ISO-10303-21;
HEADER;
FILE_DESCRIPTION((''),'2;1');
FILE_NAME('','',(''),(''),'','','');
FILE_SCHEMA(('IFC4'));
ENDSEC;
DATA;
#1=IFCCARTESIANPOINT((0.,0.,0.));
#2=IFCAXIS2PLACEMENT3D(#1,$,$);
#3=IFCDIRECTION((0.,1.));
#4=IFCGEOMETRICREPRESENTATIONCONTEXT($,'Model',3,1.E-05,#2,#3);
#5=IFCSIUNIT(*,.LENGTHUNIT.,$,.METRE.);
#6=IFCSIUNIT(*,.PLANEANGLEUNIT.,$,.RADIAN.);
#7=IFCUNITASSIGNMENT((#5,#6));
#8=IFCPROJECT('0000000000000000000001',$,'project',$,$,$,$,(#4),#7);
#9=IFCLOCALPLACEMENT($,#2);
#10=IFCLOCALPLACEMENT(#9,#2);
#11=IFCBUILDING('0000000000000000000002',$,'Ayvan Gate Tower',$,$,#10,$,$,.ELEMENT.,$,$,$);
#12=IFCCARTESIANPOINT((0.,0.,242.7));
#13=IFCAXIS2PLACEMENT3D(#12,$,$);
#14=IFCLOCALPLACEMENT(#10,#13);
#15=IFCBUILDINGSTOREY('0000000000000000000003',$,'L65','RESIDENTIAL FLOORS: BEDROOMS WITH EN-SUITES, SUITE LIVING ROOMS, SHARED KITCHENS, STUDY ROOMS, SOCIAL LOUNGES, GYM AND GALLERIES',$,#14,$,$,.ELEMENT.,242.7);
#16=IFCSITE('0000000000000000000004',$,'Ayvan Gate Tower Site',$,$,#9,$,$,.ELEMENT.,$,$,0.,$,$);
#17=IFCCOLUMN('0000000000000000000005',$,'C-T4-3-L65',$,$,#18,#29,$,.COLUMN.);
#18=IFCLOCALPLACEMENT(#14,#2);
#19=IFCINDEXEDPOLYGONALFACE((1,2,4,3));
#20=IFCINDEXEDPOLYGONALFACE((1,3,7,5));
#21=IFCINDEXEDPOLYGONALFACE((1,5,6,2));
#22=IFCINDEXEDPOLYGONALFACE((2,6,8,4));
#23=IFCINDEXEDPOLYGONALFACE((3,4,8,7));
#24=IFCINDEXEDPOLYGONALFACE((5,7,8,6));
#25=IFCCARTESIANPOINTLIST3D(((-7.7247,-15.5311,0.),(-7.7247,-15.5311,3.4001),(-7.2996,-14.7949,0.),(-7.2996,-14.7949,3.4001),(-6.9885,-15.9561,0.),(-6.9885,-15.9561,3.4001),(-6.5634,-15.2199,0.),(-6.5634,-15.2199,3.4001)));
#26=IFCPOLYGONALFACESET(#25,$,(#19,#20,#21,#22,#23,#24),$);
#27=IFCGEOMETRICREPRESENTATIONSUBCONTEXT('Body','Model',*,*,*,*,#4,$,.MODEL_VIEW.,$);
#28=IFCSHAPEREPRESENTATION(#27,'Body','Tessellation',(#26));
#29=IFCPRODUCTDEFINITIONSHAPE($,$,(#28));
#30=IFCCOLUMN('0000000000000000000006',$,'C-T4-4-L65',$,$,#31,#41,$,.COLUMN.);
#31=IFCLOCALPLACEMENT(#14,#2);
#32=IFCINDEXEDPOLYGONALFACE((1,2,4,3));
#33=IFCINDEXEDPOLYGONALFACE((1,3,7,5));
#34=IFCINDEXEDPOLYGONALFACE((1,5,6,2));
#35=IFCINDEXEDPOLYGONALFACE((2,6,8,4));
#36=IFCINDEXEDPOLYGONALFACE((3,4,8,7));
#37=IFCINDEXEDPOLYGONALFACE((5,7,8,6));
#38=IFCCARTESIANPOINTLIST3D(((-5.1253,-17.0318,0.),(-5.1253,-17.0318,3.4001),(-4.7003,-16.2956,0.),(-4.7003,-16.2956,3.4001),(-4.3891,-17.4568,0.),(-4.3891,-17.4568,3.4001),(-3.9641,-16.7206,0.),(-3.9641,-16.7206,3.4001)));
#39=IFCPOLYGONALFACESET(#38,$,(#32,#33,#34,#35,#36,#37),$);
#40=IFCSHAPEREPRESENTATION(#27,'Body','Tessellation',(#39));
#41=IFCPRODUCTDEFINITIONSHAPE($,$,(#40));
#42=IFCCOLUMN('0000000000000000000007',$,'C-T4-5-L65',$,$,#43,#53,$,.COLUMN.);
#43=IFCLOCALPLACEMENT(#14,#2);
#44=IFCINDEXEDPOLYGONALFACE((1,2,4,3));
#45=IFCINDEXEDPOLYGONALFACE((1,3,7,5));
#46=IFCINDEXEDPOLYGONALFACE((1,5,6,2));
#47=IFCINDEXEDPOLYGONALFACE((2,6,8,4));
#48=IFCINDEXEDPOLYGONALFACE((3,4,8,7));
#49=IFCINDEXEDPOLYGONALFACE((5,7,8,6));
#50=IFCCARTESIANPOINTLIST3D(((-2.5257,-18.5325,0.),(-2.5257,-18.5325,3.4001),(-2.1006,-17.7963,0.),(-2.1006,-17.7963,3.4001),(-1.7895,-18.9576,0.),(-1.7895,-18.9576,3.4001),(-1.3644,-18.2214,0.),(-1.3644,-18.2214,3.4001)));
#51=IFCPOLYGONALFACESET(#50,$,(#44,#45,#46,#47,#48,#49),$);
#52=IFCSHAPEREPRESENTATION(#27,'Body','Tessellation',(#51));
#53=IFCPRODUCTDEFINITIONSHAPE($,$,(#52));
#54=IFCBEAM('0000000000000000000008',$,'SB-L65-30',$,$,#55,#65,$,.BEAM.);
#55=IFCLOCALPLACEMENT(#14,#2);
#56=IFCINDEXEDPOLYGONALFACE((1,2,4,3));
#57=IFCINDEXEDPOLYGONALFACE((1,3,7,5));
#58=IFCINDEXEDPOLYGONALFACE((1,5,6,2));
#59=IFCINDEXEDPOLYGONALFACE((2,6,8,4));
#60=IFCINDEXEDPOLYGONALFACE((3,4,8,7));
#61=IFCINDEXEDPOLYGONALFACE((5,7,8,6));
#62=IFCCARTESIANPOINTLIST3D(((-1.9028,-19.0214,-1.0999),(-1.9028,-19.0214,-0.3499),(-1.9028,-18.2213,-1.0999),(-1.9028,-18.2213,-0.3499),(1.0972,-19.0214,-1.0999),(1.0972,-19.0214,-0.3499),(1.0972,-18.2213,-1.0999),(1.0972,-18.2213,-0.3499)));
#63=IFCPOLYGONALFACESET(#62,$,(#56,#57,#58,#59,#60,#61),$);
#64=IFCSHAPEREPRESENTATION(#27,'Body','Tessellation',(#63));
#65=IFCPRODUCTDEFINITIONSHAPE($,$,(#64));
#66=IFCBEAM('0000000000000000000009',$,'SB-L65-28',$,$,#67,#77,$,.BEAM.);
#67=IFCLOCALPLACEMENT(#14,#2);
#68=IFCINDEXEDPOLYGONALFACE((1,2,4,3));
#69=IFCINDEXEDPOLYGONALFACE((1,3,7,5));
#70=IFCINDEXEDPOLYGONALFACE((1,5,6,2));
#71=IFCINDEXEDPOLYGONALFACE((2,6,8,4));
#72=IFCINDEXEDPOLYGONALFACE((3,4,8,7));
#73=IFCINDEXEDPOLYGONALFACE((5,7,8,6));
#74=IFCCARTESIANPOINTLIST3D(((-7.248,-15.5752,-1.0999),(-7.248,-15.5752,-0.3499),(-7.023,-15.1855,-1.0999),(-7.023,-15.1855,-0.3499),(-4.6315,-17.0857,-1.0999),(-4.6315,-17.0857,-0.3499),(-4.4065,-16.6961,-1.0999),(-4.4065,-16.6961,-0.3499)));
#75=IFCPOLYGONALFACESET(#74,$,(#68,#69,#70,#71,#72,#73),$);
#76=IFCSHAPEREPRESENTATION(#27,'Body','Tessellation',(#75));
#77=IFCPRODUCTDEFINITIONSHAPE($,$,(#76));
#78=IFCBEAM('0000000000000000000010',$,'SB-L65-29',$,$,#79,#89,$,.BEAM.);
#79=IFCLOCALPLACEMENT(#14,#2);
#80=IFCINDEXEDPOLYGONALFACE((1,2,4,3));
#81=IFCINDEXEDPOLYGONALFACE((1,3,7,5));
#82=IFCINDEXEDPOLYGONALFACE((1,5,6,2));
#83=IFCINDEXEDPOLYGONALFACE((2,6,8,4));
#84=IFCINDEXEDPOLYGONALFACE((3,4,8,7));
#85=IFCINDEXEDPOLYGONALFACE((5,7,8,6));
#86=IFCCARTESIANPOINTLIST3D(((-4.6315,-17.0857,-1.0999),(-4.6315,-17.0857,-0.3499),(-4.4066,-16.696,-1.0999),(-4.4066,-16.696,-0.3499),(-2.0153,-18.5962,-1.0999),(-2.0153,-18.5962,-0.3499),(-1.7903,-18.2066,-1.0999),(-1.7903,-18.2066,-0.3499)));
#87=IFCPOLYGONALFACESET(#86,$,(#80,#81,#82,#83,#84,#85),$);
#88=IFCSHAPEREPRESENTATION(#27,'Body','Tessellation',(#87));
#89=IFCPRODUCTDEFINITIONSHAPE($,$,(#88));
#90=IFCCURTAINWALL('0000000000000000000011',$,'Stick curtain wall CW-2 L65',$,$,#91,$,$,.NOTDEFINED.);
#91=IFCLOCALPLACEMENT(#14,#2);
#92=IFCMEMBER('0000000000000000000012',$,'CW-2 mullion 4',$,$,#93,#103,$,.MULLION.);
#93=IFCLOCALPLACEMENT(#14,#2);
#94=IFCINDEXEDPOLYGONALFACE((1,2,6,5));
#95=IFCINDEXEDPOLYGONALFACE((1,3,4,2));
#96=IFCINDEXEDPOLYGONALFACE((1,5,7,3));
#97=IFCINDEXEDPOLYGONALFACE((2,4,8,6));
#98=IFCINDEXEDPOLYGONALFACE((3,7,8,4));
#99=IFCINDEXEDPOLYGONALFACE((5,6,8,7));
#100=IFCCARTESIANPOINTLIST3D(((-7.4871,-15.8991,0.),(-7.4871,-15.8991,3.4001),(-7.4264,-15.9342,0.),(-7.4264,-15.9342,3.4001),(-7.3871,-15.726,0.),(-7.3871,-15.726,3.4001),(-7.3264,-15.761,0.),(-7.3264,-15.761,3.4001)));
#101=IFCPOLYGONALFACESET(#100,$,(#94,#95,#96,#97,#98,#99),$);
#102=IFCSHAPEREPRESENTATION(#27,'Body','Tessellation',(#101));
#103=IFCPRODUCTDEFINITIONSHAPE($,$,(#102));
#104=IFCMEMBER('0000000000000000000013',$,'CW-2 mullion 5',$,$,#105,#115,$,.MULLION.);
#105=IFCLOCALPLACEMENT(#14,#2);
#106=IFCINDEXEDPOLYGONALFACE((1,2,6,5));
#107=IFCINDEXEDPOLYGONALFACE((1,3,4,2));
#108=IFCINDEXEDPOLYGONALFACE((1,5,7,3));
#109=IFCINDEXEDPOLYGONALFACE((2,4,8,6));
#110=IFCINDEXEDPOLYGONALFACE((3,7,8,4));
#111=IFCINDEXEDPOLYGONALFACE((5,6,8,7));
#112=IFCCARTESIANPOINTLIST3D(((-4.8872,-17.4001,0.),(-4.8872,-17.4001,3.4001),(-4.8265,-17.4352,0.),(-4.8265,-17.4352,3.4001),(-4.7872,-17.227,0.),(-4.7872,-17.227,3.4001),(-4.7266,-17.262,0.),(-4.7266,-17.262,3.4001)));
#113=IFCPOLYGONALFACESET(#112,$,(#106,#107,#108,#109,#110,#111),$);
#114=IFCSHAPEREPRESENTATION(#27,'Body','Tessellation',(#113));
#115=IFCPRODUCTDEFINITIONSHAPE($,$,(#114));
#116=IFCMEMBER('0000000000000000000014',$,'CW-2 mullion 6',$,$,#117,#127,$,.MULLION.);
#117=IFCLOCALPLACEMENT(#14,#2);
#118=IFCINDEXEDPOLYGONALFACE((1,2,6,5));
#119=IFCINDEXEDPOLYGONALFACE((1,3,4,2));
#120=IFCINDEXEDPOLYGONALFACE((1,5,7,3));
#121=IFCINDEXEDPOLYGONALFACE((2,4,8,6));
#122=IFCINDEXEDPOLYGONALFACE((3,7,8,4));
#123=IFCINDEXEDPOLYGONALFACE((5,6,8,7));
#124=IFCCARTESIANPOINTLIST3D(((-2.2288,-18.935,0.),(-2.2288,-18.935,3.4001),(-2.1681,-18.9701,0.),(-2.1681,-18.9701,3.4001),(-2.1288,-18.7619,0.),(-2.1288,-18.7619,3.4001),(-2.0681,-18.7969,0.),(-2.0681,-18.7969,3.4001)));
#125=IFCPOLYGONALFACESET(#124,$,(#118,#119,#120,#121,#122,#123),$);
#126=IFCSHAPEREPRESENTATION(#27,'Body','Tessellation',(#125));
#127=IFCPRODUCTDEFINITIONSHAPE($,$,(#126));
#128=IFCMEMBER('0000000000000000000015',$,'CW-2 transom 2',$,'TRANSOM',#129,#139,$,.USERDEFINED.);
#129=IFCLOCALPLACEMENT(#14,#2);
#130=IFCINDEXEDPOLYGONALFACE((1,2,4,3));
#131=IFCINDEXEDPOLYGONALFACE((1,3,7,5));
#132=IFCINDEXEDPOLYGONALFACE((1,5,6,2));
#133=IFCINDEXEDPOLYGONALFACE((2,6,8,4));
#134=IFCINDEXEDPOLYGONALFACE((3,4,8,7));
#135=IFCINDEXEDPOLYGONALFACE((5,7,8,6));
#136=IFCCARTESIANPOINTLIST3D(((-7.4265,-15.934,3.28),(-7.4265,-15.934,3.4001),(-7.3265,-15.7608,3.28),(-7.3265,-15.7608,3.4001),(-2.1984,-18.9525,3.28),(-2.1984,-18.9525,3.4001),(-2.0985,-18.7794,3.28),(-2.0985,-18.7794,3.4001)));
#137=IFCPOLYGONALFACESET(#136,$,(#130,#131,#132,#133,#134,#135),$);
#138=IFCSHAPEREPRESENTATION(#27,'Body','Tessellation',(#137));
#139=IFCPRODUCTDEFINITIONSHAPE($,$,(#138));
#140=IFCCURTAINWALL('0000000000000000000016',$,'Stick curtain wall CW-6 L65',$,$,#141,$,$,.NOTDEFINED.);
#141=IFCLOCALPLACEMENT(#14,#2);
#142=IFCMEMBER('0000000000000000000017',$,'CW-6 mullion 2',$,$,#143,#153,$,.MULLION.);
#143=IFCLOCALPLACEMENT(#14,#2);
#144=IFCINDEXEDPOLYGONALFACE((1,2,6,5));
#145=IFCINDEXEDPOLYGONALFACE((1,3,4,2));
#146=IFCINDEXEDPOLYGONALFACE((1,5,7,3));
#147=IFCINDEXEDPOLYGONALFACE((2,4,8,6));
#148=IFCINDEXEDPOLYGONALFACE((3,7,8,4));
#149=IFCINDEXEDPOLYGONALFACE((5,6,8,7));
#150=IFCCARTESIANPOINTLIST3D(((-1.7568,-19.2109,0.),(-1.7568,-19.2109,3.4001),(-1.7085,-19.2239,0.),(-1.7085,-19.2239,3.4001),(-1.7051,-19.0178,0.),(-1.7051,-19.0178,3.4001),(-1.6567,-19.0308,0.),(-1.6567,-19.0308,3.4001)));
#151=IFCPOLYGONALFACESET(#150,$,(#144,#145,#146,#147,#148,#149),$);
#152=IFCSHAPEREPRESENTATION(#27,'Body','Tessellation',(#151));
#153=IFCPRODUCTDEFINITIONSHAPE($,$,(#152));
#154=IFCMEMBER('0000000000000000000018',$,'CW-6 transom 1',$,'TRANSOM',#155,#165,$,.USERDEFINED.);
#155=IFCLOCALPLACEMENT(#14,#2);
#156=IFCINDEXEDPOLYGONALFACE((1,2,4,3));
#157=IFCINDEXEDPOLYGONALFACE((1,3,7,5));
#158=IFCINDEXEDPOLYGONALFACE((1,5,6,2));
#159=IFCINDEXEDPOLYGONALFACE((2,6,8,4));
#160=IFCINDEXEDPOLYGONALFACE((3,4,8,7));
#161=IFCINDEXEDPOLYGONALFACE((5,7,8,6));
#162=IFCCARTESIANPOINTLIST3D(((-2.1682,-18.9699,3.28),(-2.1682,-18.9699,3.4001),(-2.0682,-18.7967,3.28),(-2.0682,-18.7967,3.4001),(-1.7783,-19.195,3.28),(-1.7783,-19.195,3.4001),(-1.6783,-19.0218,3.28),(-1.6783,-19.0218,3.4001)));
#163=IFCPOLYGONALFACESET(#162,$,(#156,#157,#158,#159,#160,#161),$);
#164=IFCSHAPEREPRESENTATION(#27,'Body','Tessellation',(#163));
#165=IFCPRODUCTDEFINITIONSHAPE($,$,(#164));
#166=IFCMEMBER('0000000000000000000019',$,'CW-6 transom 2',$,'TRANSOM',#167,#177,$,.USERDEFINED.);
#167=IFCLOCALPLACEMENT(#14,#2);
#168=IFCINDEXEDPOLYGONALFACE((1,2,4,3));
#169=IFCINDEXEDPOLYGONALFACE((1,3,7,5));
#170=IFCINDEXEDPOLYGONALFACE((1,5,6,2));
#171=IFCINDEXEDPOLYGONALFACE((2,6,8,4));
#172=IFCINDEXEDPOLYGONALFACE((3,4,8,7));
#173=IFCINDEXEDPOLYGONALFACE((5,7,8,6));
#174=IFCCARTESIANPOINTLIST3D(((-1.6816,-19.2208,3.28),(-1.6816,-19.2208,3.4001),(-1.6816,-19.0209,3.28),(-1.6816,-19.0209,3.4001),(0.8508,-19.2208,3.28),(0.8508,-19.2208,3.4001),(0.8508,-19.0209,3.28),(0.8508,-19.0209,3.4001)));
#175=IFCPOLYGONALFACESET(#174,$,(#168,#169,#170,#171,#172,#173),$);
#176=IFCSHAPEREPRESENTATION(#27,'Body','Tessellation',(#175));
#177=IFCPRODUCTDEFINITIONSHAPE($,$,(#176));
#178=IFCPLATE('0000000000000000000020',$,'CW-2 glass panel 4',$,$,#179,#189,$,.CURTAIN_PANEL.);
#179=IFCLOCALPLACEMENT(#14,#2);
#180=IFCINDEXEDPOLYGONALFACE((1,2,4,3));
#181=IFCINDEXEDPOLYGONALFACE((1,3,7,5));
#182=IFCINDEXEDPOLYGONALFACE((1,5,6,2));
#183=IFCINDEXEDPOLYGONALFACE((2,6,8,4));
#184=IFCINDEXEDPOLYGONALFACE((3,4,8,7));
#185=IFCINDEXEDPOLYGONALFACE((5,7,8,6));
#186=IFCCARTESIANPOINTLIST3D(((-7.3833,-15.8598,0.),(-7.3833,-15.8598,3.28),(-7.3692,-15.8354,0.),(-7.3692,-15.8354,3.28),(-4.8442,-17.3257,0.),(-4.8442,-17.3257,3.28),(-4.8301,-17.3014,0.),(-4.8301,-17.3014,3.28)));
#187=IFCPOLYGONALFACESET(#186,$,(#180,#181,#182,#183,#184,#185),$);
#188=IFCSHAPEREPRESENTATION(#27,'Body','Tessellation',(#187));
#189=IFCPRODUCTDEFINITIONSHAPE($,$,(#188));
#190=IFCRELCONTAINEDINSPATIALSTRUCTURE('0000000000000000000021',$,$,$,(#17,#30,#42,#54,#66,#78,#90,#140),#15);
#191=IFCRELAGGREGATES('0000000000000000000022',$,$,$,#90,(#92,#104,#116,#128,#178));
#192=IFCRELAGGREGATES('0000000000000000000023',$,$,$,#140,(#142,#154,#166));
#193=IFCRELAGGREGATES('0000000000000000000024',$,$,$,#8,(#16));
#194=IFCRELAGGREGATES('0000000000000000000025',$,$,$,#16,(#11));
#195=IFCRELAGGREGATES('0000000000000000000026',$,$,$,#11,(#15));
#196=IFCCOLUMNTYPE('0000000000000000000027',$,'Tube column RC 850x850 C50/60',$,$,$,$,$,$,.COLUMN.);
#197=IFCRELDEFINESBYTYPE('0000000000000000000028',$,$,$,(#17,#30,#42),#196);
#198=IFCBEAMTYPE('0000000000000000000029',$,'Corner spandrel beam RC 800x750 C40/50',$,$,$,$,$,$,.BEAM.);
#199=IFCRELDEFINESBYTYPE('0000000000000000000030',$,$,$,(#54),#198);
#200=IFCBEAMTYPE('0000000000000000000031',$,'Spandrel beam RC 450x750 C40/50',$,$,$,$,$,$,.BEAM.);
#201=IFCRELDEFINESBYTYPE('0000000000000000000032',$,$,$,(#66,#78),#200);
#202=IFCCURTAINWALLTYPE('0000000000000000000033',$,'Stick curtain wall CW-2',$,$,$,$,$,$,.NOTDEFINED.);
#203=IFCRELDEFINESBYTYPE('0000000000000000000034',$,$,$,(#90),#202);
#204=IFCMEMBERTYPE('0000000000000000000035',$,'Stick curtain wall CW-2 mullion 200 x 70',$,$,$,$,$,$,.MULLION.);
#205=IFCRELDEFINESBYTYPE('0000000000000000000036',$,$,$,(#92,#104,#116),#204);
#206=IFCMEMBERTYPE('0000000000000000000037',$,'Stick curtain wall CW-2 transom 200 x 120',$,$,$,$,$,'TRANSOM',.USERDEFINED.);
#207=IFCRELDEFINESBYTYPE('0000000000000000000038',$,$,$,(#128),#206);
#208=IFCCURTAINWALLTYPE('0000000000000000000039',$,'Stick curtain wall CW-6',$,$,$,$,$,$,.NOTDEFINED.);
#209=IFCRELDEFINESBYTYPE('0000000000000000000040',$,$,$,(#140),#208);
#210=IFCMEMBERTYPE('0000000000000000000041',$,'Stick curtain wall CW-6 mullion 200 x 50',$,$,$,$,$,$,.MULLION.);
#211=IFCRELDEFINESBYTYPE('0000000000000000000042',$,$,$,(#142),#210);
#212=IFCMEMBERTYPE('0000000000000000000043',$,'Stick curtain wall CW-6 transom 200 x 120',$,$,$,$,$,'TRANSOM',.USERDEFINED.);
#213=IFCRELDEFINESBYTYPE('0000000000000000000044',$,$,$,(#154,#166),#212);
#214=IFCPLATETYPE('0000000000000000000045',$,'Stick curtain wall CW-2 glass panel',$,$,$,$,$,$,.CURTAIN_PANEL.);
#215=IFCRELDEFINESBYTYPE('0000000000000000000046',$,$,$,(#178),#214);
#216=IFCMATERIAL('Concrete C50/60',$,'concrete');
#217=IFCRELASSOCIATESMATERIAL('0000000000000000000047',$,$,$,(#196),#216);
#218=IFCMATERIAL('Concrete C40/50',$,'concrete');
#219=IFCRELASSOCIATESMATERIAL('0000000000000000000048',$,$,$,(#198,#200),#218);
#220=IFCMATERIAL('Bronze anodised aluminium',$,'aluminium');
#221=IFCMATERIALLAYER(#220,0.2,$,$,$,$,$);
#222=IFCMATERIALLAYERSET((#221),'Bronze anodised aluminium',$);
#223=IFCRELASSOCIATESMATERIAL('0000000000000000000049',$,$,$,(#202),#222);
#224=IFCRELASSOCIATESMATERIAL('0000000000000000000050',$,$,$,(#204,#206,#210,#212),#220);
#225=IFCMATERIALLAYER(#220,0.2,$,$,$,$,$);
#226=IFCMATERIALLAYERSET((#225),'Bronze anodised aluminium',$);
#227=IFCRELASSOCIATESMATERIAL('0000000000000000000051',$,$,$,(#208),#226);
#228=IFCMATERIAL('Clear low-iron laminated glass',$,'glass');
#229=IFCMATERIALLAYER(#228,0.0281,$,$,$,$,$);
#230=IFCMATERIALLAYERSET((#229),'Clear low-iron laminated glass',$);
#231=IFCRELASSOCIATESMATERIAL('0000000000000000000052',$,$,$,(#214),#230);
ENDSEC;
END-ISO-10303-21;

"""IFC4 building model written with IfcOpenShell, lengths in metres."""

from ifc_helpers import new_model, si_unit, direction, frame, origin, origin_2d, place, context, subcontext, project, spatial, rectangle, extrude, material, layer, layer_set, material_profile, profile_set, type_object, element, aggregate, save


model = new_model("IFC4")

# Units and contexts
model_context = context("Model", 3, precision=1e-05, world=origin(), true_north=direction((0.0, 1.0)))
body_context = subcontext(model_context, "Body", "Model", "MODEL_VIEW")
ifc_project = project(units=[si_unit("LENGTHUNIT", "METRE"), si_unit("PLANEANGLEUNIT", "RADIAN")], contexts=[model_context])

# Site, building, storey
site_placement = place(None, origin())
site = spatial("IfcSite", under=ifc_project, at=site_placement, Name="Ayvan Gate Tower Site", CompositionType="ELEMENT", RefElevation=0.0)
building_placement = place(site_placement, origin())
building = spatial("IfcBuilding", under=site, at=building_placement, Name="Ayvan Gate Tower", CompositionType="ELEMENT")
storey_placement = place(building_placement, frame((0.0, 0.0, 242.7)))
storey = spatial("IfcBuildingStorey", under=building, at=storey_placement, Name="L65", Description="RESIDENTIAL FLOORS: BEDROOMS WITH EN-SUITES, SUITE LIVING ROOMS, SHARED KITCHENS, STUDY ROOMS, SOCIAL LOUNGES, GYM AND GALLERIES", CompositionType="ELEMENT", Elevation=242.7)

# Columns
ifc_material_1 = material(Name="Concrete C50/60", Category="concrete")
ifc_material_profile_1 = material_profile(ifc_material_1, rectangle(XDim=0.8501, YDim=0.8501, at=origin_2d()), Name="RC 850x850")
ifc_profile_set_1 = profile_set([ifc_material_profile_1], Name="Concrete C50/60")
column_type = type_object("IfcColumnType", Name="Tube column RC 850x850 C50/60", PredefinedType="COLUMN", material=ifc_profile_set_1)
for number, where, z_axis, x_axis, name in (
    (1, (-7.144, -15.3755, 0.0), (0.0, 0.0, 1.0), (-0.5, -0.866025, 0.0), "C-T4-3-L65"),
    (2, (-4.5447, -16.8762, 0.0), (0.0, 0.0, 1.0), (-0.5, -0.866025, 0.0), "C-T4-4-L65"),
    (3, (-1.9451, -18.377, 0.0), (0.0, 0.0, 1.0), (-0.5, -0.866025, 0.0), "C-T4-5-L65"),
):
    element("IfcColumn", number, at=place(storey_placement, frame(where, z_axis=z_axis, x_axis=x_axis)), inside=storey, type_object=column_type, Name=name, PredefinedType="COLUMN", context=body_context, shape_type="SweptSolid", body=[
        extrude(rectangle(XDim=0.8501, YDim=0.8501, at=origin_2d()), origin(), (0.0, 0.0, 1.0), 3.4001),
    ])

# Beams
ifc_material_2 = material(Name="Concrete C40/50", Category="concrete")
ifc_material_profile_2 = material_profile(ifc_material_2, rectangle(XDim=0.8, YDim=0.75, at=origin_2d()), Name="RC 800x750")
ifc_profile_set_2 = profile_set([ifc_material_profile_2], Name="Concrete C40/50")
beam_type_1 = type_object("IfcBeamType", Name="Corner spandrel beam RC 800x750 C40/50", PredefinedType="BEAM", material=ifc_profile_set_2)
beam_1_placement = place(storey_placement, frame((-1.9028, -18.6213, -0.7249), z_axis=(1.0, 0.0, 0.0), x_axis=(0.0, 1.0, 0.0)))
element("IfcBeam", 4, at=beam_1_placement, inside=storey, type_object=beam_type_1, Name="SB-L65-30", PredefinedType="BEAM", context=body_context, shape_type="SweptSolid", body=[
    extrude(rectangle(XDim=0.8, YDim=0.75, at=origin_2d()), origin(), (0.0, 0.0, 1.0), 3.0),
])
ifc_material_profile_3 = material_profile(ifc_material_2, rectangle(XDim=0.45, YDim=0.75, at=origin_2d()), Name="RC 450x750")
ifc_profile_set_3 = profile_set([ifc_material_profile_3], Name="Concrete C40/50")
beam_type_2 = type_object("IfcBeamType", Name="Spandrel beam RC 450x750 C40/50", PredefinedType="BEAM", material=ifc_profile_set_3)
beam_2_placement = place(storey_placement, frame((-7.1355, -15.3804, -0.7249), z_axis=(0.866042, -0.499972, 0.0), x_axis=(0.499972, 0.866042, 0.0)))
element("IfcBeam", 5, at=beam_2_placement, inside=storey, type_object=beam_type_2, Name="SB-L65-28", PredefinedType="BEAM", context=body_context, shape_type="SweptSolid", body=[
    extrude(rectangle(XDim=0.45, YDim=0.75, at=origin_2d()), origin(), (0.0, 0.0, 1.0), 3.0212),
])
beam_3_placement = place(storey_placement, frame((-4.519, -16.8909, -0.7249), z_axis=(0.866021, -0.500007, 0.0), x_axis=(0.500007, 0.866021, 0.0)))
element("IfcBeam", 6, at=beam_3_placement, inside=storey, type_object=beam_type_2, Name="SB-L65-29", PredefinedType="BEAM", context=body_context, shape_type="SweptSolid", body=[
    extrude(rectangle(XDim=0.45, YDim=0.75, at=origin_2d()), origin(), (0.0, 0.0, 1.0), 3.021),
])

# Curtain walls, members
ifc_material_3 = material(Name="Bronze anodised aluminium", Category="aluminium")
ifc_layer_1 = layer(ifc_material_3, 0.2)
ifc_layer_set_1 = layer_set([ifc_layer_1], Name="Bronze anodised aluminium")
curtain_wall_type_1 = type_object("IfcCurtainWallType", Name="Stick curtain wall CW-2", PredefinedType="NOTDEFINED", material=ifc_layer_set_1)
curtain_wall_1_placement = place(storey_placement, origin())
curtain_wall_1 = element("IfcCurtainWall", 7, at=curtain_wall_1_placement, inside=storey, type_object=curtain_wall_type_1, Name="Stick curtain wall CW-2 L65", PredefinedType="NOTDEFINED")
ifc_material_profile_4 = material_profile(ifc_material_3, rectangle(XDim=0.2, YDim=0.0701, at=origin_2d()), Name="Stick curtain wall CW-2 mullion 200 x 70")
ifc_profile_set_4 = profile_set([ifc_material_profile_4], Name="Bronze anodised aluminium")
member_type_1 = type_object("IfcMemberType", Name="Stick curtain wall CW-2 mullion 200 x 70", PredefinedType="MULLION", material=ifc_profile_set_4)
member_1_placement = place(storey_placement, frame((-7.4067, -15.8301, 0.0), z_axis=(0.0, 0.0, 1.0), x_axis=(-0.5, -0.866025, 0.0)))
member_1 = element("IfcMember", 8, at=member_1_placement, type_object=member_type_1, Name="CW-2 mullion 4", PredefinedType="MULLION", context=body_context, shape_type="SweptSolid", body=[
    extrude(rectangle(XDim=0.2, YDim=0.0701, at=origin_2d()), origin(), (0.0, 0.0, 1.0), 3.4001),
])
member_2_placement = place(storey_placement, frame((-4.8069, -17.3311, 0.0), z_axis=(0.0, 0.0, 1.0), x_axis=(-0.5, -0.866025, 0.0)))
member_2 = element("IfcMember", 9, at=member_2_placement, type_object=member_type_1, Name="CW-2 mullion 5", PredefinedType="MULLION", context=body_context, shape_type="SweptSolid", body=[
    extrude(rectangle(XDim=0.2, YDim=0.0701, at=origin_2d()), origin(), (0.0, 0.0, 1.0), 3.4001),
])
member_3_placement = place(storey_placement, frame((-2.1484, -18.866, 0.0), z_axis=(0.0, 0.0, 1.0), x_axis=(-0.5, -0.866025, 0.0)))
member_3 = element("IfcMember", 10, at=member_3_placement, type_object=member_type_1, Name="CW-2 mullion 6", PredefinedType="MULLION", context=body_context, shape_type="SweptSolid", body=[
    extrude(rectangle(XDim=0.2, YDim=0.0701, at=origin_2d()), origin(), (0.0, 0.0, 1.0), 3.4001),
])
ifc_material_profile_5 = material_profile(ifc_material_3, rectangle(XDim=0.2, YDim=0.1201, at=origin_2d()), Name="Stick curtain wall CW-2 transom 200 x 120")
ifc_profile_set_5 = profile_set([ifc_material_profile_5], Name="Bronze anodised aluminium")
member_type_2 = type_object("IfcMemberType", Name="Stick curtain wall CW-2 transom 200 x 120", ElementType="TRANSOM", PredefinedType="USERDEFINED", material=ifc_profile_set_5)
member_4_placement = place(storey_placement, frame((-7.3765, -15.8474, 3.3401), z_axis=(0.866015, -0.500019, 0.0), x_axis=(0.500019, 0.866015, 0.0)))
member_4 = element("IfcMember", 11, at=member_4_placement, type_object=member_type_2, Name="CW-2 transom 2", ObjectType="TRANSOM", PredefinedType="USERDEFINED", context=body_context, shape_type="SweptSolid", body=[
    extrude(rectangle(XDim=0.2, YDim=0.1201, at=origin_2d()), origin(), (0.0, 0.0, 1.0), 6.0369),
])
ifc_layer_2 = layer(ifc_material_3, 0.2)
ifc_layer_set_2 = layer_set([ifc_layer_2], Name="Bronze anodised aluminium")
curtain_wall_type_2 = type_object("IfcCurtainWallType", Name="Stick curtain wall CW-6", PredefinedType="NOTDEFINED", material=ifc_layer_set_2)
curtain_wall_2_placement = place(storey_placement, origin())
curtain_wall_2 = element("IfcCurtainWall", 12, at=curtain_wall_2_placement, inside=storey, type_object=curtain_wall_type_2, Name="Stick curtain wall CW-6 L65", PredefinedType="NOTDEFINED")
ifc_material_profile_6 = material_profile(ifc_material_3, rectangle(XDim=0.2, YDim=0.05, at=origin_2d()), Name="Stick curtain wall CW-6 mullion 200 x 50")
ifc_profile_set_6 = profile_set([ifc_material_profile_6], Name="Bronze anodised aluminium")
member_type_3 = type_object("IfcMemberType", Name="Stick curtain wall CW-6 mullion 200 x 50", PredefinedType="MULLION", material=ifc_profile_set_6)
member_5_placement = place(storey_placement, frame((-1.7068, -19.1208, 0.0), z_axis=(0.0, 0.0, 1.0), x_axis=(-0.258819, -0.965926, 0.0)))
member_5 = element("IfcMember", 13, at=member_5_placement, type_object=member_type_3, Name="CW-6 mullion 2", PredefinedType="MULLION", context=body_context, shape_type="SweptSolid", body=[
    extrude(rectangle(XDim=0.2, YDim=0.05, at=origin_2d()), origin(), (0.0, 0.0, 1.0), 3.4001),
])
ifc_material_profile_7 = material_profile(ifc_material_3, rectangle(XDim=0.2, YDim=0.1201, at=origin_2d()), Name="Stick curtain wall CW-6 transom 200 x 120")
ifc_profile_set_7 = profile_set([ifc_material_profile_7], Name="Bronze anodised aluminium")
member_type_4 = type_object("IfcMemberType", Name="Stick curtain wall CW-6 transom 200 x 120", ElementType="TRANSOM", PredefinedType="USERDEFINED", material=ifc_profile_set_7)
member_6_placement = place(storey_placement, frame((-2.1182, -18.8833, 3.3401), z_axis=(0.866032, -0.499988, 0.0), x_axis=(0.499988, 0.866032, 0.0)))
member_6 = element("IfcMember", 14, at=member_6_placement, type_object=member_type_4, Name="CW-6 transom 1", ObjectType="TRANSOM", PredefinedType="USERDEFINED", context=body_context, shape_type="SweptSolid", body=[
    extrude(rectangle(XDim=0.2, YDim=0.1201, at=origin_2d()), origin(), (0.0, 0.0, 1.0), 0.4502),
])
member_7_placement = place(storey_placement, frame((-1.6816, -19.1208, 3.3401), z_axis=(1.0, 0.0, 0.0), x_axis=(0.0, 1.0, 0.0)))
member_7 = element("IfcMember", 15, at=member_7_placement, type_object=member_type_4, Name="CW-6 transom 2", ObjectType="TRANSOM", PredefinedType="USERDEFINED", context=body_context, shape_type="SweptSolid", body=[
    extrude(rectangle(XDim=0.2, YDim=0.1201, at=origin_2d()), origin(), (0.0, 0.0, 1.0), 2.5325),
])

# Plate
ifc_material_4 = material(Name="Clear low-iron laminated glass", Category="glass")
ifc_layer_3 = layer(ifc_material_4, 0.0281)
ifc_layer_set_3 = layer_set([ifc_layer_3], Name="Clear low-iron laminated glass")
plate_type_1 = type_object("IfcPlateType", Name="Stick curtain wall CW-2 glass panel", PredefinedType="CURTAIN_PANEL", material=ifc_layer_set_3)
plate_1_placement = place(storey_placement, frame((-6.1067, -16.5806, 0.0), z_axis=(0.0, 0.0, 1.0), x_axis=(0.866025, -0.5, 0.0)))
plate_1 = element("IfcPlate", 16, at=plate_1_placement, type_object=plate_type_1, Name="CW-2 glass panel 4", PredefinedType="CURTAIN_PANEL", context=body_context, shape_type="SweptSolid", body=[
    extrude(rectangle(XDim=2.9319, YDim=0.0281, at=origin_2d()), origin(), (0.0, 0.0, 1.0), 3.28),
])
aggregate(curtain_wall_1, [member_1, member_2, member_3, member_4, plate_1])
aggregate(curtain_wall_2, [member_5, member_6, member_7])

save(model, "model.ifc")
